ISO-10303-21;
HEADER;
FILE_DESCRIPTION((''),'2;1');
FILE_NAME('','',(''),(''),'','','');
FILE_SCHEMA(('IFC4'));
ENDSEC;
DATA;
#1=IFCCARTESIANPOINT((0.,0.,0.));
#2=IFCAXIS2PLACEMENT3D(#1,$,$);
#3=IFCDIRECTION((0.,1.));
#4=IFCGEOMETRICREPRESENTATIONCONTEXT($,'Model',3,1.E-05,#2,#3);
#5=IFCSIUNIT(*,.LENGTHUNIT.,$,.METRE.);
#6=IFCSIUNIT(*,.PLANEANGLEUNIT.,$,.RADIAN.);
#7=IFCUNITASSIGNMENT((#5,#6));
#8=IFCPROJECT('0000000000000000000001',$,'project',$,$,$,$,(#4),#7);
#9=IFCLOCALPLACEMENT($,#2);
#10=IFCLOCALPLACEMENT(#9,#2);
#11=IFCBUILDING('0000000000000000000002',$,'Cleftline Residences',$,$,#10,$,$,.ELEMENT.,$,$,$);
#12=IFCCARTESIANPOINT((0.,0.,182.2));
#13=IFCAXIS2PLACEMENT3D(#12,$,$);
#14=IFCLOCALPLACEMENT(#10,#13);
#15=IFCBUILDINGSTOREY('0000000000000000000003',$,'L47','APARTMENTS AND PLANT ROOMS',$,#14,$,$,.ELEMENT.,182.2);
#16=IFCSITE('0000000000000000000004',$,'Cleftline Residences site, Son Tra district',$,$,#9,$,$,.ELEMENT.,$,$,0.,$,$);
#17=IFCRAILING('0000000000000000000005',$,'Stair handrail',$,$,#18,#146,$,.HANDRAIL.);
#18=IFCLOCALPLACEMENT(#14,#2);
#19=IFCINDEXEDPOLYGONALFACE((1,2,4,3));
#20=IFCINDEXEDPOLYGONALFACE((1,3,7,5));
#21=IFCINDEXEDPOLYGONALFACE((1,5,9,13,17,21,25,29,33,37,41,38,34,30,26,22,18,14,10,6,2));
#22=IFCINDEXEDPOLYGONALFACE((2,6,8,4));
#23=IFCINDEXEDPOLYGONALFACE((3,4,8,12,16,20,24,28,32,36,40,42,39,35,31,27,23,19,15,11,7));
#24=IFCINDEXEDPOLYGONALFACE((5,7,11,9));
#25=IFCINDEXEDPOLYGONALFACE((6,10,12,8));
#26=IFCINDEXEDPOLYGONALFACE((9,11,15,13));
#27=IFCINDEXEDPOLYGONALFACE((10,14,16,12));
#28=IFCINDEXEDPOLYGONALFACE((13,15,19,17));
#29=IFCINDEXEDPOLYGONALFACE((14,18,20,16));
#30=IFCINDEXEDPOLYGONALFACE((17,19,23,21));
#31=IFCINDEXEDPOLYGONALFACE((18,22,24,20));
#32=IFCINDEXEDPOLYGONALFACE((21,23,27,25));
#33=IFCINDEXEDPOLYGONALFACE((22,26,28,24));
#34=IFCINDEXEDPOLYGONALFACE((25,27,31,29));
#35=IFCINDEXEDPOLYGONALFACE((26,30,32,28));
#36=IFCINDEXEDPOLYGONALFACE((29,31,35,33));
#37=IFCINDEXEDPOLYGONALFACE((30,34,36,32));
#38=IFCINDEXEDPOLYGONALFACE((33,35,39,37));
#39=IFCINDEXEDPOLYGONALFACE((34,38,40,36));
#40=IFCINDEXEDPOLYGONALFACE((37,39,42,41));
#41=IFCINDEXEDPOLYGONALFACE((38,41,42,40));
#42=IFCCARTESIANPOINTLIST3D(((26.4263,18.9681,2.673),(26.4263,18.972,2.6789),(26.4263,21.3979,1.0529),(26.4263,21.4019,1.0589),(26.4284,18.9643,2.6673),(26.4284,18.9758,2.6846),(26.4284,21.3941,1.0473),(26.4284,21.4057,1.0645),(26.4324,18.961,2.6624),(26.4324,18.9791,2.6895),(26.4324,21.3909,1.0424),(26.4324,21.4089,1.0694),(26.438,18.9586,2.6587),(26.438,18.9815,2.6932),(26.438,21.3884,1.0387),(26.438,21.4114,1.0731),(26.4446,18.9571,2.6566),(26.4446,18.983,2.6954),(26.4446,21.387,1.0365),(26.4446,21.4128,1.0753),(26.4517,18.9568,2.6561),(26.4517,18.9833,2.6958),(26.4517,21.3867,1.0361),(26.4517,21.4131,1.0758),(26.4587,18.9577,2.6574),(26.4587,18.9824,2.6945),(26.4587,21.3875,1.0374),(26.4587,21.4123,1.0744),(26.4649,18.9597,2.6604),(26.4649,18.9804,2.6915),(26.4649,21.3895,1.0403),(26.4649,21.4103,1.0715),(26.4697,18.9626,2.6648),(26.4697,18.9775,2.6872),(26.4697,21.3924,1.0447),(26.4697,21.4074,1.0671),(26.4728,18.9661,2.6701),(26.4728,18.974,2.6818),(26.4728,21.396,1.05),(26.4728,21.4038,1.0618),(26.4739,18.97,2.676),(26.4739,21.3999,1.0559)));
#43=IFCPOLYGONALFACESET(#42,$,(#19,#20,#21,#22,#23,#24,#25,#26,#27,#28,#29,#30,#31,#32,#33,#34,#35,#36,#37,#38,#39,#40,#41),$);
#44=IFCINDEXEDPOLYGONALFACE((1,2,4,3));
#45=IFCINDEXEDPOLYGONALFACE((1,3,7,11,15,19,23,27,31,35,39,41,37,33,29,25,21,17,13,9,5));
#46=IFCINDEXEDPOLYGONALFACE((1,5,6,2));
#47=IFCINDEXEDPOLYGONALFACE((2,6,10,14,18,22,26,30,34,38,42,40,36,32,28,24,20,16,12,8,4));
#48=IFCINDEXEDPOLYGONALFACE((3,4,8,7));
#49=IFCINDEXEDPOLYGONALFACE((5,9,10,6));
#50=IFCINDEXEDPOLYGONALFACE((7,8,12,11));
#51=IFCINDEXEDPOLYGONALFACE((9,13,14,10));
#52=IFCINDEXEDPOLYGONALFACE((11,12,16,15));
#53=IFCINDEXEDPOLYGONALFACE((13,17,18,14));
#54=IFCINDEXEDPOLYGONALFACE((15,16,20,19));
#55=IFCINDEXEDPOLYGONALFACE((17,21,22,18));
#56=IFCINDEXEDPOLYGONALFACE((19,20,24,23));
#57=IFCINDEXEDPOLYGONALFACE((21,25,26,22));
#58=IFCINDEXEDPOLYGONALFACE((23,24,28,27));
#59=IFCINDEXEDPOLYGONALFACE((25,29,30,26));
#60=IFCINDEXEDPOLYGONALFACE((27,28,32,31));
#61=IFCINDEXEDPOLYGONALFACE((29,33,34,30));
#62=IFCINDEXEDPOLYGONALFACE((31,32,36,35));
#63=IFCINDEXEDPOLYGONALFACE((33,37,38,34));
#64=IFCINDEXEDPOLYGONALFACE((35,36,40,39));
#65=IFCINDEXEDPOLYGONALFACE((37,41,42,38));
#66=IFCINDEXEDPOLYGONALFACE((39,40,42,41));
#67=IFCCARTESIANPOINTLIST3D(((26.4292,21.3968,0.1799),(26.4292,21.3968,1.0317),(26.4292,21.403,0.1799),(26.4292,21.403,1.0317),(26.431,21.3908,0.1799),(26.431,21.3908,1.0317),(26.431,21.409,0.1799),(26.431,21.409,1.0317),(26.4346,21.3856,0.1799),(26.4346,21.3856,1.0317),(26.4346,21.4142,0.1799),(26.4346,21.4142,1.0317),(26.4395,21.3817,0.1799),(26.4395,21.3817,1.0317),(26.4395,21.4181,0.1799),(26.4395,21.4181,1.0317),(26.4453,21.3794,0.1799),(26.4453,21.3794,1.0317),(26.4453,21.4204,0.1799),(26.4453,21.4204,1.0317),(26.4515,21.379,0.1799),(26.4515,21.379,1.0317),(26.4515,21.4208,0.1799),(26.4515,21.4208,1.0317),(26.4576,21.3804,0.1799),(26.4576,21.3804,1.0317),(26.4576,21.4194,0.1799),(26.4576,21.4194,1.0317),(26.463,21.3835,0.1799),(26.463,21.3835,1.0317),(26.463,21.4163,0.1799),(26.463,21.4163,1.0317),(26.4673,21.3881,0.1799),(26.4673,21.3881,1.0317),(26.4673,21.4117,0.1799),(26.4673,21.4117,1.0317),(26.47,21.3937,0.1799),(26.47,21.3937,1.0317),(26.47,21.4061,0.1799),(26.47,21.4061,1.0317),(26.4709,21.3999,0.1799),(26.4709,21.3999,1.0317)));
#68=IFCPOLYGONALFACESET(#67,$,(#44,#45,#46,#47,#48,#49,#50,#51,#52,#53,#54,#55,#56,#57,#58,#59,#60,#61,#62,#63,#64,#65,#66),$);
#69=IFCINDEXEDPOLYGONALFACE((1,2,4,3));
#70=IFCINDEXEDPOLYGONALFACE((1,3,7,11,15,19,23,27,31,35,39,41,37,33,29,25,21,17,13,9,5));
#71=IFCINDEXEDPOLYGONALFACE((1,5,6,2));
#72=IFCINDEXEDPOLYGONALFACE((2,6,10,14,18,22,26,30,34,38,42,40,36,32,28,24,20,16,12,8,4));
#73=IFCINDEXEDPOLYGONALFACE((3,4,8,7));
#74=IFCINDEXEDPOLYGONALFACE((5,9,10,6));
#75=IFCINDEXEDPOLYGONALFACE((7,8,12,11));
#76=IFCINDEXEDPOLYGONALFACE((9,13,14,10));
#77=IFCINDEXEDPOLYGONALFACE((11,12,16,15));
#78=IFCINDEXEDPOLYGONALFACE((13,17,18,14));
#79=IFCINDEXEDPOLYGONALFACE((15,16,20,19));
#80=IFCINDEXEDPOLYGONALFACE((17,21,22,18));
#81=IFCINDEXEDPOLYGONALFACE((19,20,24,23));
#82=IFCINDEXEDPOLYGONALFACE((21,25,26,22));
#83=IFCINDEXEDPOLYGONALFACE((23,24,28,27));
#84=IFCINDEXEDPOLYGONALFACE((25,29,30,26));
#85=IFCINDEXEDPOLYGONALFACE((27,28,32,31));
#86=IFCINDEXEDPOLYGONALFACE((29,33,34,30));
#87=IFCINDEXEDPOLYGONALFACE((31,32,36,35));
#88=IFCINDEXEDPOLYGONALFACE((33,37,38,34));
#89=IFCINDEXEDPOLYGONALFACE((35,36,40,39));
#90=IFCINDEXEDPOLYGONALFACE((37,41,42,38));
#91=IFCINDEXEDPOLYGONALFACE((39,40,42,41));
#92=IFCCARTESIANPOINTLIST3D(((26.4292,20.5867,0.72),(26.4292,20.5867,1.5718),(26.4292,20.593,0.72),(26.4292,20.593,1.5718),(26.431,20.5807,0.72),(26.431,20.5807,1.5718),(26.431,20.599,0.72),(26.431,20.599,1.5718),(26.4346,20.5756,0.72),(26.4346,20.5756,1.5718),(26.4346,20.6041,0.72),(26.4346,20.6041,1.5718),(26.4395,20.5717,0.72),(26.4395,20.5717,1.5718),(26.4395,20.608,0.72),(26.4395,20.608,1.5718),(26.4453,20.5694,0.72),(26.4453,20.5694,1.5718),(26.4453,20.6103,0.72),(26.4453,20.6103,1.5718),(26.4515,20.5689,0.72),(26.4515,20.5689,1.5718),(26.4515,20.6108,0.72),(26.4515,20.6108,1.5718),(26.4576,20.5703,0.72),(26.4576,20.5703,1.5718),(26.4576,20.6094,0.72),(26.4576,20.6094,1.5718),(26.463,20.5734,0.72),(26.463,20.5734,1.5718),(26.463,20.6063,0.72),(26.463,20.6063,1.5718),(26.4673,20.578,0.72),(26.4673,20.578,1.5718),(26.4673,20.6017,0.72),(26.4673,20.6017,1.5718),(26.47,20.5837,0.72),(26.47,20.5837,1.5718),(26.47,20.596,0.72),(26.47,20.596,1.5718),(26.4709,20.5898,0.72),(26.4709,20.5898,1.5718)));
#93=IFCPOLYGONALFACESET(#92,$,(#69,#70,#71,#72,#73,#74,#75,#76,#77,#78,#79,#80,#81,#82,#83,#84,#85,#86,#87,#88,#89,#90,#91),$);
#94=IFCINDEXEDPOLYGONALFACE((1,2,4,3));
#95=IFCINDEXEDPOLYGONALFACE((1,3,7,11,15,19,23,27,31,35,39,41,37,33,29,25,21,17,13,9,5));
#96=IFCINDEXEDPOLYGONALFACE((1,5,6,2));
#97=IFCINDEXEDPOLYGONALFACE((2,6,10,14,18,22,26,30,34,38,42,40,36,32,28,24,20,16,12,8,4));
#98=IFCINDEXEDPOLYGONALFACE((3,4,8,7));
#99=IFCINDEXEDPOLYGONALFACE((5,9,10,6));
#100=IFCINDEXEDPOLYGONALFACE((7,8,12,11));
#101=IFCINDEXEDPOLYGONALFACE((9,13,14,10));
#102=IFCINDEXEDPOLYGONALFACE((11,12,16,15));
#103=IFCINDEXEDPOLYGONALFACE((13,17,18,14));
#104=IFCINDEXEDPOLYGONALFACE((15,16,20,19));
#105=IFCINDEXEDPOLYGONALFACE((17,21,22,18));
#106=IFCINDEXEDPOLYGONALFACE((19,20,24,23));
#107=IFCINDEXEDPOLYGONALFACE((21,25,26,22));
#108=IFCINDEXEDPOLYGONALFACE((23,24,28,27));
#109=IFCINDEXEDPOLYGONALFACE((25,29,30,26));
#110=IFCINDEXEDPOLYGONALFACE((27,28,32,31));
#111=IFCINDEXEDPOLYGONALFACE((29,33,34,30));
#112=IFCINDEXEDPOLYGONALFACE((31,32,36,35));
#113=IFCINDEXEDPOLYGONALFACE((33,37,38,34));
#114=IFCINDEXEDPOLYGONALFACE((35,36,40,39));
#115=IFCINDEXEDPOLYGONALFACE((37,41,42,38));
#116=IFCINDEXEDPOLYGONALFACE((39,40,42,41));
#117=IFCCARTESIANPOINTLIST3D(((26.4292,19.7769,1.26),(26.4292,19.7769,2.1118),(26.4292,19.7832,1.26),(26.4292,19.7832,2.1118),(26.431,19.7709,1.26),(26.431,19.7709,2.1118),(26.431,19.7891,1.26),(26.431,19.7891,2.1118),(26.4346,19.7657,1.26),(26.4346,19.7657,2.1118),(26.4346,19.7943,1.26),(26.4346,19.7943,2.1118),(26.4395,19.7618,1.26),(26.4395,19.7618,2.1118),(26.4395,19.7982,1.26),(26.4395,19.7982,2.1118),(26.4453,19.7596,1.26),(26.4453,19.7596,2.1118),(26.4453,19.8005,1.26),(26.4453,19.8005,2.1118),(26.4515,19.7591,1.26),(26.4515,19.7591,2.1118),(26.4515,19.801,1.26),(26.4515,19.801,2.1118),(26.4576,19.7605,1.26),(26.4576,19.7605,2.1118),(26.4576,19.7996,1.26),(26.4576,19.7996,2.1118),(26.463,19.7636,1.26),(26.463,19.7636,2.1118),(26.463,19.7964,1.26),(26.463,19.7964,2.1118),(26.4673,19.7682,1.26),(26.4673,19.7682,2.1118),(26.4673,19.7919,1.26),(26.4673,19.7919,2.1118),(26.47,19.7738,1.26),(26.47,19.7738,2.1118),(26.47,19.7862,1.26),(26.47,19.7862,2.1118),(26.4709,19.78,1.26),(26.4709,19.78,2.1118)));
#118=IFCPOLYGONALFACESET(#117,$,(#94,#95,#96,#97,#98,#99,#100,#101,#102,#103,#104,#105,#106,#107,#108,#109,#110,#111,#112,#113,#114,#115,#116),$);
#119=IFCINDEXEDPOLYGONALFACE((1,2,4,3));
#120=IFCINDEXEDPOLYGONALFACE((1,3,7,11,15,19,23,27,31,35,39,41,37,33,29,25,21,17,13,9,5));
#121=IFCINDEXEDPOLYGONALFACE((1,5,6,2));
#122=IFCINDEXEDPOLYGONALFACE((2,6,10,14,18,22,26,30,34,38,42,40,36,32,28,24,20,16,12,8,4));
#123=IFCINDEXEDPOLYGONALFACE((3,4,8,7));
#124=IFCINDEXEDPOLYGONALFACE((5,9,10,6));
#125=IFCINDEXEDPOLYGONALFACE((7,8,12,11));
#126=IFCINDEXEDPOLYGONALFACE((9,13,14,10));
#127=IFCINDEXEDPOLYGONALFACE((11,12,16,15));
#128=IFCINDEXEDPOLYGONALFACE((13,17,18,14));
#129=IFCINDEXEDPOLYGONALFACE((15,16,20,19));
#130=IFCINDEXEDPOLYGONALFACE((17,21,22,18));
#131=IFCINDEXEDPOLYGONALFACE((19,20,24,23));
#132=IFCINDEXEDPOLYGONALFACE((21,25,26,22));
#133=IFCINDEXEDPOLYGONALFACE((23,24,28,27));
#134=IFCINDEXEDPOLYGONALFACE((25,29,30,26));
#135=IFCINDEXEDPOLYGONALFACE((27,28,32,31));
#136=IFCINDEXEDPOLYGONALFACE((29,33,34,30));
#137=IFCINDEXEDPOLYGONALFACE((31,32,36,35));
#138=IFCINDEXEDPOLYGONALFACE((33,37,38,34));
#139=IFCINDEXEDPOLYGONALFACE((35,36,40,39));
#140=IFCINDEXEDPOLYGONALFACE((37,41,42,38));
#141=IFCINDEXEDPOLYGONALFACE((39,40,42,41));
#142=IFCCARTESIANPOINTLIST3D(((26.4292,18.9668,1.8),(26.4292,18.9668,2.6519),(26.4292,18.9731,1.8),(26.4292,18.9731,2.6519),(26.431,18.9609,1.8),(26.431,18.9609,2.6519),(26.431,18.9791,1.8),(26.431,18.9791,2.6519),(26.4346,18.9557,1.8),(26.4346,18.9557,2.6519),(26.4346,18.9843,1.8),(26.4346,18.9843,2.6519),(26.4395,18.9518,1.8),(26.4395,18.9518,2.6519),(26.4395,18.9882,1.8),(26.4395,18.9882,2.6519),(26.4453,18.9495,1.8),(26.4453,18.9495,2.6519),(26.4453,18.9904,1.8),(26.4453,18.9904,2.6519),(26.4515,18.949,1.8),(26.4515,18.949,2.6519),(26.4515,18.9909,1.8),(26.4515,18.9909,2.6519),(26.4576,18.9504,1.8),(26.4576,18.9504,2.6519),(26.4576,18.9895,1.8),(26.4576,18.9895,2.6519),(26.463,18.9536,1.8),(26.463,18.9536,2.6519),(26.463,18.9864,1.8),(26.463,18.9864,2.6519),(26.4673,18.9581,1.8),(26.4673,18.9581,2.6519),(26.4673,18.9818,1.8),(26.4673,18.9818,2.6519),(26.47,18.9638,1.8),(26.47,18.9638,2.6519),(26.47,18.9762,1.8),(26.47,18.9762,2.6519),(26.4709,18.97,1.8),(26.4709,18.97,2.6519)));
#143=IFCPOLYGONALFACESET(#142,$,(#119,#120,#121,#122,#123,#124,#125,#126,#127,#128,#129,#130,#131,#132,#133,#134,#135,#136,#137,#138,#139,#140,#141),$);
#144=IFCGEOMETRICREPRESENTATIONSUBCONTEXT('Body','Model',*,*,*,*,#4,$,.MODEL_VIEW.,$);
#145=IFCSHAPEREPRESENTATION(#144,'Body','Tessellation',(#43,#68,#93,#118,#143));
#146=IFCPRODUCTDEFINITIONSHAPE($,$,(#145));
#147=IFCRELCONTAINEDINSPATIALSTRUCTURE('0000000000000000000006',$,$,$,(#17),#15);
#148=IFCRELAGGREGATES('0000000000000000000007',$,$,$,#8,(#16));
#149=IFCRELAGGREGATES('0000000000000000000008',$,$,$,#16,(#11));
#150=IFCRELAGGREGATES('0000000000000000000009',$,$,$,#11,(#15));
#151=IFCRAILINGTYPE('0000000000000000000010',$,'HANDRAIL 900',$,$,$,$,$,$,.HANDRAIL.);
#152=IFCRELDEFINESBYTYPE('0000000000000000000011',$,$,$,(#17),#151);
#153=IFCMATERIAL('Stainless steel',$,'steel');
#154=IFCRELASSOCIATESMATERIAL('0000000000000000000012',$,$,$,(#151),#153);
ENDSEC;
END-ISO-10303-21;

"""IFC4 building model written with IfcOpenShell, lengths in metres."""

from ifc_helpers import new_model, si_unit, direction, frame, origin, origin_2d, place, context, subcontext, project, spatial, circle, extrude, material, type_object, element, save


model = new_model("IFC4")

# Units and contexts
model_context = context("Model", 3, precision=1e-05, world=origin(), true_north=direction((0.0, 1.0)))
body_context = subcontext(model_context, "Body", "Model", "MODEL_VIEW")
ifc_project = project(units=[si_unit("LENGTHUNIT", "METRE"), si_unit("PLANEANGLEUNIT", "RADIAN")], contexts=[model_context])

# Site, building, storey
site_placement = place(None, origin())
site = spatial("IfcSite", under=ifc_project, at=site_placement, Name="Cleftline Residences site, Son Tra district", CompositionType="ELEMENT", RefElevation=0.0)
building_placement = place(site_placement, origin())
building = spatial("IfcBuilding", under=site, at=building_placement, Name="Cleftline Residences", CompositionType="ELEMENT")
storey_placement = place(building_placement, frame((0.0, 0.0, 182.2)))
storey = spatial("IfcBuildingStorey", under=building, at=storey_placement, Name="L47", Description="APARTMENTS AND PLANT ROOMS", CompositionType="ELEMENT", Elevation=182.2)

# Railing
ifc_material_1 = material(Name="Stainless steel", Category="steel")
railing_type = type_object("IfcRailingType", Name="HANDRAIL 900", PredefinedType="HANDRAIL", material=ifc_material_1)
railing_1_placement = place(storey_placement, frame((26.45, 21.3999, 0.1799)))
element("IfcRailing", 1, at=railing_1_placement, inside=storey, type_object=railing_type, Name="Stair handrail", PredefinedType="HANDRAIL", context=body_context, shape_type="SweptSolid", body=[
    extrude(circle(Radius=0.0239, at=origin_2d()), frame((0.0, 0.0, 0.876), z_axis=(0.0, -0.832025, 0.554739), x_axis=(1.0, 0.0, 0.0)), (0.0, 0.0, 1.0), 2.9204),
    extrude(circle(Radius=0.021, at=origin_2d()), origin(), (0.0, 0.0, 1.0), 0.8518),
    extrude(circle(Radius=0.021, at=origin_2d()), frame((0.0, -0.8101, 0.54)), (0.0, 0.0, 1.0), 0.8518),
    extrude(circle(Radius=0.021, at=origin_2d()), frame((0.0, -1.6199, 1.0801)), (0.0, 0.0, 1.0), 0.8518),
    extrude(circle(Radius=0.021, at=origin_2d()), frame((0.0, -2.4299, 1.6201)), (0.0, 0.0, 1.0), 0.8518),
])

save(model, "model.ifc")
